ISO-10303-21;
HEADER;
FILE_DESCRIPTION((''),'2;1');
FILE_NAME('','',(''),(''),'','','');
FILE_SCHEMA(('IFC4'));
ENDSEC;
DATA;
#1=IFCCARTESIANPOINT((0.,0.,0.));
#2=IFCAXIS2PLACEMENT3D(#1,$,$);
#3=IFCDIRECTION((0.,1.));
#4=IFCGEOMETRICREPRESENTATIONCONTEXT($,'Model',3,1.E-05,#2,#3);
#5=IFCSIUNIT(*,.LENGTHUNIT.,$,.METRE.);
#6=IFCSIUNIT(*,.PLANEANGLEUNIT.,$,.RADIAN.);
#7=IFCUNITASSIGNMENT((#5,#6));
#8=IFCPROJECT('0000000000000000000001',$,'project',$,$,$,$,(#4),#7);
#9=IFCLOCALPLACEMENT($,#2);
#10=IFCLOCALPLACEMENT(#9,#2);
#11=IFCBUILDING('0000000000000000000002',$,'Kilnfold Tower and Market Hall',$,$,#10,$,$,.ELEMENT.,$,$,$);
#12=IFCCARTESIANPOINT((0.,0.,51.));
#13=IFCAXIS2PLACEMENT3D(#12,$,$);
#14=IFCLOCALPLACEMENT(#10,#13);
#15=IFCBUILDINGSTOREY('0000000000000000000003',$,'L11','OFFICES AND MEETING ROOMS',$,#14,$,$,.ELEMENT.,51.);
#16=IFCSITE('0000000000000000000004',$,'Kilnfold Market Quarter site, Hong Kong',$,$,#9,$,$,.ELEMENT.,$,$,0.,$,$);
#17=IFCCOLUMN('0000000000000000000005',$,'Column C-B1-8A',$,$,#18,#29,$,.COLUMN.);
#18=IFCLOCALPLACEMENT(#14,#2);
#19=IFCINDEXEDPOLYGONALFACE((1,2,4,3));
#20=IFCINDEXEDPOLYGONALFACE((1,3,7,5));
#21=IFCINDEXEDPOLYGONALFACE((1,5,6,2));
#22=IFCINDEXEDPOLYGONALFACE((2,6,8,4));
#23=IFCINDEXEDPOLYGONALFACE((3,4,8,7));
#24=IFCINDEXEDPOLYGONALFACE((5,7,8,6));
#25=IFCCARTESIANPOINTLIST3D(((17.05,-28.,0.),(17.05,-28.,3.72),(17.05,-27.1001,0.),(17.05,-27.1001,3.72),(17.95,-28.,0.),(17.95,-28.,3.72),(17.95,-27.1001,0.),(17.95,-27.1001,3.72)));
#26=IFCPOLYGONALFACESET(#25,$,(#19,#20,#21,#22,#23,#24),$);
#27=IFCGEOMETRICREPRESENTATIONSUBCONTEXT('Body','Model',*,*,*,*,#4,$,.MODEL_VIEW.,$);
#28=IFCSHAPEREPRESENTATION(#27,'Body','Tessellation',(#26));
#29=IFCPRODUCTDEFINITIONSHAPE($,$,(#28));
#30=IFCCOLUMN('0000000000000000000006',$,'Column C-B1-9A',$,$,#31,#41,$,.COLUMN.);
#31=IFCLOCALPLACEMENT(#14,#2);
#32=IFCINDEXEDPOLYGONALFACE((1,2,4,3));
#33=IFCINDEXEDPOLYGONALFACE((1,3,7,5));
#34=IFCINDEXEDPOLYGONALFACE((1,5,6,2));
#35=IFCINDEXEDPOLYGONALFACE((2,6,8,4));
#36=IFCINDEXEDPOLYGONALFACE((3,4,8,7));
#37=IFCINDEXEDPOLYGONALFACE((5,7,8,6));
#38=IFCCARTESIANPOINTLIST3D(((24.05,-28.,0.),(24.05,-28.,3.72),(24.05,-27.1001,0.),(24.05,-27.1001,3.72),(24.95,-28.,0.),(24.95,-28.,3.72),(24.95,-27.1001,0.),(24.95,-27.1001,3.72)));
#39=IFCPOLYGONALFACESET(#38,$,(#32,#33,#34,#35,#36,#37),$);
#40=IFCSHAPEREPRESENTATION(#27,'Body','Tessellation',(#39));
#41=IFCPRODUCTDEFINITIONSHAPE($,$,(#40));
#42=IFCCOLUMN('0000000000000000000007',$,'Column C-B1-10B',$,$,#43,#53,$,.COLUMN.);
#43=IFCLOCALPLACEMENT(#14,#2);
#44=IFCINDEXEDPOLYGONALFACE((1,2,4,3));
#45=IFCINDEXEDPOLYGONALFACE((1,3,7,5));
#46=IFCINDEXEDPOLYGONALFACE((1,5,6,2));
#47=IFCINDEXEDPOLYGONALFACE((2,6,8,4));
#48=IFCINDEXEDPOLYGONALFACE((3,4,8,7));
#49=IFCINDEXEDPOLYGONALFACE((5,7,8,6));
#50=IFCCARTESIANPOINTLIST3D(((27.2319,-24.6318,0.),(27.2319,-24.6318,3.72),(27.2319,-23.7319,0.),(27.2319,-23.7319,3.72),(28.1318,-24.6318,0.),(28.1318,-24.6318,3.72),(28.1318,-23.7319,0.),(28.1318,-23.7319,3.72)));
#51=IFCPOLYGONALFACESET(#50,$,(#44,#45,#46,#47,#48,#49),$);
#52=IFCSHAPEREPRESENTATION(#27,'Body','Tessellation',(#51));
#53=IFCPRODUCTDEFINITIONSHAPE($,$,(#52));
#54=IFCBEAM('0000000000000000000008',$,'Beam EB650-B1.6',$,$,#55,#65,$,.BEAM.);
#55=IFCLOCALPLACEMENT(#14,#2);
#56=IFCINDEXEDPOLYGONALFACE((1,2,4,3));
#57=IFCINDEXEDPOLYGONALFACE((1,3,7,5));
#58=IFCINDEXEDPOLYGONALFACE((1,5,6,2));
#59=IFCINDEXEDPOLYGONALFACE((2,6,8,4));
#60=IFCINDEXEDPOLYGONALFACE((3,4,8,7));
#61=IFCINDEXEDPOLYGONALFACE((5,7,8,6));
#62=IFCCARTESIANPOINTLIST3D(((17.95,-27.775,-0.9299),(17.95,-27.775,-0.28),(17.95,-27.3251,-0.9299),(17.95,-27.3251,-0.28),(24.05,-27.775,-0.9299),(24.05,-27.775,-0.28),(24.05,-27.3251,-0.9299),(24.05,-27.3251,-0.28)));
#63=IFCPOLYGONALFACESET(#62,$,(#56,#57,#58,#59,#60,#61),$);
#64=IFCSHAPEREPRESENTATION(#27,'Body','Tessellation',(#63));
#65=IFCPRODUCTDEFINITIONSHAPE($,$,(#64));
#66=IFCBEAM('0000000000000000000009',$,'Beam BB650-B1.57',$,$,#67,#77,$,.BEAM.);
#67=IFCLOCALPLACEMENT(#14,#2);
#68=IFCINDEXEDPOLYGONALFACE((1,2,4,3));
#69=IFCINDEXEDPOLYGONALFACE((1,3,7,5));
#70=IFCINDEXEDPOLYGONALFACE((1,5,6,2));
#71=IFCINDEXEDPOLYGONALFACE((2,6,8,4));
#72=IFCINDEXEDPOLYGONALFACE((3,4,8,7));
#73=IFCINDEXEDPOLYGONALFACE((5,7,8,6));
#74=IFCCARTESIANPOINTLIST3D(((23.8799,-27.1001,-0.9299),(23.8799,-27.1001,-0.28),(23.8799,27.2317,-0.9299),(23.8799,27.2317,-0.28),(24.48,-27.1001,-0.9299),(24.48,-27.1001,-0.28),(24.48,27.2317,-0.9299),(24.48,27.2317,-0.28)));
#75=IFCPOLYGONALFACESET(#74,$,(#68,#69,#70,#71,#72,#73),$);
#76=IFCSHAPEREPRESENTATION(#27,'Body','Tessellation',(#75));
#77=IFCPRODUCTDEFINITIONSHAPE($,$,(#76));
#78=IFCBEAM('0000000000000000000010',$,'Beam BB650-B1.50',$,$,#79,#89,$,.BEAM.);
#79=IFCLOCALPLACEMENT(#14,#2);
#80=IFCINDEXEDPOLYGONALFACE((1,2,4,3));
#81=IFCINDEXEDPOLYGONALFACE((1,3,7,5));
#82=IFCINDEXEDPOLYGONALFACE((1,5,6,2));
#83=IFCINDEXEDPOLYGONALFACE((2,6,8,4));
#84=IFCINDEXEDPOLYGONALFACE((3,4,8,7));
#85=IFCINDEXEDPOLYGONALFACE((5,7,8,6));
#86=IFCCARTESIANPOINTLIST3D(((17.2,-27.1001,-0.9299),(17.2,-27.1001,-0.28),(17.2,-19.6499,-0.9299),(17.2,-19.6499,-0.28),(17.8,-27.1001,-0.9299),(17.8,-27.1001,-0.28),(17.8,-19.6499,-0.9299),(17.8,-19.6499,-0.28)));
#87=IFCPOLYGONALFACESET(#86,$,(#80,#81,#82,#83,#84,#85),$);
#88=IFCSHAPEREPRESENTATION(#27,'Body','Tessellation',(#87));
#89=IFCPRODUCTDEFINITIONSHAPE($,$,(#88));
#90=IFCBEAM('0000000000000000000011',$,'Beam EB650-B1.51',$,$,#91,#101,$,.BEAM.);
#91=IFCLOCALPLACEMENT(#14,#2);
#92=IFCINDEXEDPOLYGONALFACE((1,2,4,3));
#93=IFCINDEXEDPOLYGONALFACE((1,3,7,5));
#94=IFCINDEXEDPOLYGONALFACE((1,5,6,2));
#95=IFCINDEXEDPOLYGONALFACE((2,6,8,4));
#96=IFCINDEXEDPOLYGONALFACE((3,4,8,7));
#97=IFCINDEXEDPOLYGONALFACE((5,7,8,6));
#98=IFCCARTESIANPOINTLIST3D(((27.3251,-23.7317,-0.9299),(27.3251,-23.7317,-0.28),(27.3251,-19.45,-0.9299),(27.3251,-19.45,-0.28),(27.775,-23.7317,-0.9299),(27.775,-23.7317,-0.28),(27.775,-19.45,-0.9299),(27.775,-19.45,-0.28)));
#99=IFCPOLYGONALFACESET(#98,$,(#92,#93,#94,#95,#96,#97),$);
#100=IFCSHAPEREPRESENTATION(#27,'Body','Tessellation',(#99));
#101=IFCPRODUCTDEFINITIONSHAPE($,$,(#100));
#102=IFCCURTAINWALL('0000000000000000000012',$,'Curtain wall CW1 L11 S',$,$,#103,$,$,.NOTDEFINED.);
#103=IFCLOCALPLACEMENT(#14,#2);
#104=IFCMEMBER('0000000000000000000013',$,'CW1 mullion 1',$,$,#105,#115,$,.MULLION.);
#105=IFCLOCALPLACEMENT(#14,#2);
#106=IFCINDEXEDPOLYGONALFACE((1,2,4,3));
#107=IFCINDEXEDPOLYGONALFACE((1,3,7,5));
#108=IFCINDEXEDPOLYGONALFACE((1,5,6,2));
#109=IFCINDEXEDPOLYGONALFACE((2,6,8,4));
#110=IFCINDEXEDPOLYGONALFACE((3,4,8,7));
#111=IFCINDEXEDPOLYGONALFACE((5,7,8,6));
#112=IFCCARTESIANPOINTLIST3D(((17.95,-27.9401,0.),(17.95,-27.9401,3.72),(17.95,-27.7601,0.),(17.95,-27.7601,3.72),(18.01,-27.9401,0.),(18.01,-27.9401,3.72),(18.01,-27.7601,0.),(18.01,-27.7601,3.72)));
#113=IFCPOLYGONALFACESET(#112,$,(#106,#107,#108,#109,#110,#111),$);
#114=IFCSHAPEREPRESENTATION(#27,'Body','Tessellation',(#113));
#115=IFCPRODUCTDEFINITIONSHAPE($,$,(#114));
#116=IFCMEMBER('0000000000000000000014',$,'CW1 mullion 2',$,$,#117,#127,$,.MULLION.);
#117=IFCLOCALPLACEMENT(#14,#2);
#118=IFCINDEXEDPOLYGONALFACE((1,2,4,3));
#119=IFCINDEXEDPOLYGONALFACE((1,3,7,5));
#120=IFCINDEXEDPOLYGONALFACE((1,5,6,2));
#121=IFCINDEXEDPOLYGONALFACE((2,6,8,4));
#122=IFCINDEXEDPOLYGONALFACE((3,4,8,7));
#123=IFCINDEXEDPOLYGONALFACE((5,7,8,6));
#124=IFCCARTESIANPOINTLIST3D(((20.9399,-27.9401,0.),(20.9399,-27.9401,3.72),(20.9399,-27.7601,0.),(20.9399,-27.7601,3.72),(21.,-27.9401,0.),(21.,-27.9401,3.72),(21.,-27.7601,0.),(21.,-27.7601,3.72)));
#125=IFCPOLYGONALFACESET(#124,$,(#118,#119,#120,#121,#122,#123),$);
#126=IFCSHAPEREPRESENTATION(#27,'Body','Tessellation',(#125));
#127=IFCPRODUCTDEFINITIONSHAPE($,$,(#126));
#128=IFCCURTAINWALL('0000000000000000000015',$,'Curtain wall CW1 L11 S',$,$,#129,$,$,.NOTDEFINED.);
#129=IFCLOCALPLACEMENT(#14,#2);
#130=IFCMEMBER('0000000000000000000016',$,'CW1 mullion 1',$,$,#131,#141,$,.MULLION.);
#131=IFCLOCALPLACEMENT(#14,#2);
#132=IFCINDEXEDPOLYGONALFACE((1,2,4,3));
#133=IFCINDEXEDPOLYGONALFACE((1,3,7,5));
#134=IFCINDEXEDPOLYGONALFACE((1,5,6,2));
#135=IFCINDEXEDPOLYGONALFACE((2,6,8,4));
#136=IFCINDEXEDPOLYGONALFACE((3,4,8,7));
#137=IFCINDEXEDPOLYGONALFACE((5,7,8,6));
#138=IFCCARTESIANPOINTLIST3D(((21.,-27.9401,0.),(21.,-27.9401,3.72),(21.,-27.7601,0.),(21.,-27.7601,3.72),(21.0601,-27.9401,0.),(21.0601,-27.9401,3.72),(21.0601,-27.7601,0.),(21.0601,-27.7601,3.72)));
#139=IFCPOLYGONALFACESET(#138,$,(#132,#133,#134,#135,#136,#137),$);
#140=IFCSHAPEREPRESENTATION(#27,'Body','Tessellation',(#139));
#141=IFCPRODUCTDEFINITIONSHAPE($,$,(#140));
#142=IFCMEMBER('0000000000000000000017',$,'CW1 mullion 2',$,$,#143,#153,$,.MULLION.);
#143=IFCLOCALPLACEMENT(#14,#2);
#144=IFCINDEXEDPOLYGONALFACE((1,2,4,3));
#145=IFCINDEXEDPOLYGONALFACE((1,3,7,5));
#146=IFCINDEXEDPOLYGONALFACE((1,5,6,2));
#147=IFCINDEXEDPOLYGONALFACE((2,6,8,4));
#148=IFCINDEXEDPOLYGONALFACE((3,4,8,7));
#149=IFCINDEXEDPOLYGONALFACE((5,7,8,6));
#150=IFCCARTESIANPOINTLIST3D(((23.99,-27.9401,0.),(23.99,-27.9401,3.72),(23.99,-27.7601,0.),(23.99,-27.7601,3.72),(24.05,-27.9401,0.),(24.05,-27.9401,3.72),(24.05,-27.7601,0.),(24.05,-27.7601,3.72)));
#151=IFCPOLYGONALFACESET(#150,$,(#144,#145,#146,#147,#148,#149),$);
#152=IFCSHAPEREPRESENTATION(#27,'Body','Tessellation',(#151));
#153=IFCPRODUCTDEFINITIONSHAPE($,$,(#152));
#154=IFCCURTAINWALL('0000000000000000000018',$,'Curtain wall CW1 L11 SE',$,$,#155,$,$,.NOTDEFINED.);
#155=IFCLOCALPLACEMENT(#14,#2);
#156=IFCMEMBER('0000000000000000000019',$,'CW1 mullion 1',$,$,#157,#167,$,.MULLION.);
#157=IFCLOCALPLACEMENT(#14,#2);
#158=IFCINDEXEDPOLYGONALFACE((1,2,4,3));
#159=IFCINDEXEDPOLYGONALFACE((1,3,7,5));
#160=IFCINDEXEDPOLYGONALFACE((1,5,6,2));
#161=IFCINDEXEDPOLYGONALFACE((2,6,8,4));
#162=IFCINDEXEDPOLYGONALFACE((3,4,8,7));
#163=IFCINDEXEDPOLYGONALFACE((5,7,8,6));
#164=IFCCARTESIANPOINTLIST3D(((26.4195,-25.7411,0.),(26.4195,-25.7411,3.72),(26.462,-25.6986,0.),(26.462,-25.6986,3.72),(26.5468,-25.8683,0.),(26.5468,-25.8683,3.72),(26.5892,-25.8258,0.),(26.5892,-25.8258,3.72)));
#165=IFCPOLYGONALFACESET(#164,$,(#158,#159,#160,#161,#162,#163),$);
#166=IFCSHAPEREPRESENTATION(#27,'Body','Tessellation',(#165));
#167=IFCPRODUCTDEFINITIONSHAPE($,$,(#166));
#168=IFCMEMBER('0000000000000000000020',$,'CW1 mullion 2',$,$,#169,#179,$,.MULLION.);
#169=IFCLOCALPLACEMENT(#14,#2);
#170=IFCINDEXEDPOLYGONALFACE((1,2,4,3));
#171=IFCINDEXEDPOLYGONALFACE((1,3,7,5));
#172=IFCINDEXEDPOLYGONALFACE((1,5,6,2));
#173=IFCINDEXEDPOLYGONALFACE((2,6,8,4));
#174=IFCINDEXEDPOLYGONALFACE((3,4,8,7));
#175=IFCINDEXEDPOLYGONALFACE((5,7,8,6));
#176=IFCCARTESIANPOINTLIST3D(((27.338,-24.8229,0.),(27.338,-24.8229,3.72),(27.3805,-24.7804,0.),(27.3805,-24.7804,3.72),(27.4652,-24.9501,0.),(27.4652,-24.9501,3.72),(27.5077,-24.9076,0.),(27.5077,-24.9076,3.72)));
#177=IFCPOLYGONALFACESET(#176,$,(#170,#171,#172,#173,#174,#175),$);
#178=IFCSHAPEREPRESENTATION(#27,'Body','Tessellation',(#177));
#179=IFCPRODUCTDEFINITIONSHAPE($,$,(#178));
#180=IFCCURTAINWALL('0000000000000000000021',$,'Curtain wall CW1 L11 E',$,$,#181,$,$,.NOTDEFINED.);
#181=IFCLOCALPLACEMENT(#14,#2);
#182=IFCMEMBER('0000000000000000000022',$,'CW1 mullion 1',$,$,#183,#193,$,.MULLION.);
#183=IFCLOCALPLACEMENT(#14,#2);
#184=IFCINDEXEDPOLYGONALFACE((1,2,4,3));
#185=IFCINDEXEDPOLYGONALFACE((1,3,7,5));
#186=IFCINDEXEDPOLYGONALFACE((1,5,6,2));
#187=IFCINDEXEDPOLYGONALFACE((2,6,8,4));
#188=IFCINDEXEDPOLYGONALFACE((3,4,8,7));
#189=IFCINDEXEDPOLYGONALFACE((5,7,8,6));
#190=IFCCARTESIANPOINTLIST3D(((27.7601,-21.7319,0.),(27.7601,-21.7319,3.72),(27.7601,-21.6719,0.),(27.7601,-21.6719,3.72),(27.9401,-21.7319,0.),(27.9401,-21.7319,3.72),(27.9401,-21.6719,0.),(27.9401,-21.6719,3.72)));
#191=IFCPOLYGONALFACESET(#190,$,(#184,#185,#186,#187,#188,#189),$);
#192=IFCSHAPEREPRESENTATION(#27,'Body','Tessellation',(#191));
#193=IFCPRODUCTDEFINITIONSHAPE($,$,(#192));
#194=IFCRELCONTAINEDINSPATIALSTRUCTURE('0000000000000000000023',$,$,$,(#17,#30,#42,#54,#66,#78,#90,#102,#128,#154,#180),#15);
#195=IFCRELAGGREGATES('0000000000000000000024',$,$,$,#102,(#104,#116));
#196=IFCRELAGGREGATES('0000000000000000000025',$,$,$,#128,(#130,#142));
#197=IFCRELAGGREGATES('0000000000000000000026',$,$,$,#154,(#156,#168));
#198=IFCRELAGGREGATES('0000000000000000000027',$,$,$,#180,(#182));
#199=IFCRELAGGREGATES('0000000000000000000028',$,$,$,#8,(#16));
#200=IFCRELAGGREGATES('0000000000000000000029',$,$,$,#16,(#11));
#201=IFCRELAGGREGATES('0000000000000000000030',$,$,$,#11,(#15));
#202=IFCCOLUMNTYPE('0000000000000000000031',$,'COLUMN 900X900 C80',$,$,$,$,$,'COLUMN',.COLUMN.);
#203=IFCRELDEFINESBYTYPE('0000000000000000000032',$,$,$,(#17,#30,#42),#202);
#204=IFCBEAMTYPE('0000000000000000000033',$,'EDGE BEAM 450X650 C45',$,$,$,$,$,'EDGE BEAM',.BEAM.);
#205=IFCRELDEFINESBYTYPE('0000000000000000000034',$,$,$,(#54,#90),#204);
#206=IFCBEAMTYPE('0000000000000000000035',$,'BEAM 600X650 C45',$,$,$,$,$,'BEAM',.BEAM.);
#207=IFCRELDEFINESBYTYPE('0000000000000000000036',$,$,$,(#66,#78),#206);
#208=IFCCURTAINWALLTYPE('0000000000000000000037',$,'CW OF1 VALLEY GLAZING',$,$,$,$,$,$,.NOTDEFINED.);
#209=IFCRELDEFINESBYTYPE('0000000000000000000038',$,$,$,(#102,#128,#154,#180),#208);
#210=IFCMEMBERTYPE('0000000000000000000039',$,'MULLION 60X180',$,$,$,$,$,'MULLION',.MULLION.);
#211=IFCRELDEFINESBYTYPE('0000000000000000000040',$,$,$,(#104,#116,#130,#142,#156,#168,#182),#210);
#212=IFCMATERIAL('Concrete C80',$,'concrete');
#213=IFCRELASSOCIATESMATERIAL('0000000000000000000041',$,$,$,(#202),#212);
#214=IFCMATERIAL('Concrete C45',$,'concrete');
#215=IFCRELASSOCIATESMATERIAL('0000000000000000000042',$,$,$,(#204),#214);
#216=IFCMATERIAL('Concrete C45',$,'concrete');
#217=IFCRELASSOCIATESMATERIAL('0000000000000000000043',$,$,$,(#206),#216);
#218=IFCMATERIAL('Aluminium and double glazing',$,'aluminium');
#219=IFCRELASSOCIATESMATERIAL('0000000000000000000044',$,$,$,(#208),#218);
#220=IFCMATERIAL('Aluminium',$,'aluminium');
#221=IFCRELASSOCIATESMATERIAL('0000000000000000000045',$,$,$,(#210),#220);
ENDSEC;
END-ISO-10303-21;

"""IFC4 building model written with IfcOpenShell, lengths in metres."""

from ifc_helpers import new_model, si_unit, direction, frame, origin, origin_2d, place, context, subcontext, project, spatial, rectangle, extrude, source, transform, mapped, material, material_profile, profile_set, type_object, element, aggregate, save


model = new_model("IFC4")

# Units and contexts
model_context = context("Model", 3, precision=1e-05, world=origin(), true_north=direction((0.0, 1.0)))
body_context = subcontext(model_context, "Body", "Model", "MODEL_VIEW")
ifc_project = project(units=[si_unit("LENGTHUNIT", "METRE"), si_unit("PLANEANGLEUNIT", "RADIAN")], contexts=[model_context])

# Site, building, storey
site_placement = place(None, origin())
site = spatial("IfcSite", under=ifc_project, at=site_placement, Name="Kilnfold Market Quarter site, Hong Kong", CompositionType="ELEMENT", RefElevation=0.0)
building_placement = place(site_placement, origin())
building = spatial("IfcBuilding", under=site, at=building_placement, Name="Kilnfold Tower and Market Hall", CompositionType="ELEMENT")
storey_placement = place(building_placement, frame((0.0, 0.0, 51.0)))
storey = spatial("IfcBuildingStorey", under=building, at=storey_placement, Name="L11", Description="OFFICES AND MEETING ROOMS", CompositionType="ELEMENT", Elevation=51.0)

# Columns
ifc_material_1 = material(Name="Concrete C80", Category="concrete")
ifc_material_profile_1 = material_profile(ifc_material_1, rectangle(XDim=0.8999, YDim=0.8999, at=origin_2d()), Name="RC 900x900")
ifc_profile_set_1 = profile_set([ifc_material_profile_1], Name="Concrete C80")
column_type = type_object("IfcColumnType", Name="COLUMN 900X900 C80", ElementType="COLUMN", PredefinedType="COLUMN", material=ifc_profile_set_1)
shared_shape_1 = source(origin(), body_context, "Body", "SweptSolid", [
    extrude(rectangle(XDim=0.8999, YDim=0.8999, at=origin_2d()), origin(), (0.0, 0.0, 1.0), 3.72),
])
for number, where, z_axis, x_axis, name in (
    (1, (17.5, -27.55, 0.0), (0.0, 0.0, 1.0), (1.0, 0.0, 0.0), "Column C-B1-8A"),
    (2, (24.5, -27.55, 0.0), (0.0, 0.0, 1.0), (1.0, 0.0, 0.0), "Column C-B1-9A"),
    (3, (27.6819, -24.1819, 0.0), (0.0, 0.0, 1.0), (1.0, 0.0, 0.0), "Column C-B1-10B"),
):
    element("IfcColumn", number, at=place(storey_placement, frame(where, z_axis=z_axis, x_axis=x_axis)), inside=storey, type_object=column_type, Name=name, PredefinedType="COLUMN", context=body_context, shape_type="MappedRepresentation", body=[
        mapped(shared_shape_1, transform((0.0, 0.0, 0.0))),
    ])

# Beams
ifc_material_2 = material(Name="Concrete C45", Category="concrete")
ifc_material_profile_2 = material_profile(ifc_material_2, rectangle(XDim=0.45, YDim=0.6499, at=origin_2d()), Name="RC 450x650")
ifc_profile_set_2 = profile_set([ifc_material_profile_2], Name="Concrete C45")
beam_type_1 = type_object("IfcBeamType", Name="EDGE BEAM 450X650 C45", ElementType="EDGE BEAM", PredefinedType="BEAM", material=ifc_profile_set_2)
shared_shape_2 = source(origin(), body_context, "Body", "SweptSolid", [
    extrude(rectangle(XDim=0.45, YDim=0.6499, at=origin_2d()), origin(), (0.0, 0.0, 1.0), 6.1001),
])
beam_1_placement = place(storey_placement, frame((17.95, -27.55, -0.605), z_axis=(1.0, 0.0, 0.0), x_axis=(0.0, 1.0, 0.0)))
element("IfcBeam", 4, at=beam_1_placement, inside=storey, type_object=beam_type_1, Name="Beam EB650-B1.6", PredefinedType="BEAM", context=body_context, shape_type="MappedRepresentation", body=[
    mapped(shared_shape_2, transform((0.0, 0.0, 0.0))),
])
ifc_material_3 = material(Name="Concrete C45", Category="concrete")
ifc_material_profile_3 = material_profile(ifc_material_3, rectangle(XDim=0.6001, YDim=0.6499, at=origin_2d()), Name="RC 600x650")
ifc_profile_set_3 = profile_set([ifc_material_profile_3], Name="Concrete C45")
beam_type_2 = type_object("IfcBeamType", Name="BEAM 600X650 C45", ElementType="BEAM", PredefinedType="BEAM", material=ifc_profile_set_3)
shared_shape_3 = source(origin(), body_context, "Body", "SweptSolid", [
    extrude(rectangle(XDim=0.6001, YDim=0.6499, at=origin_2d()), origin(), (0.0, 0.0, 1.0), 54.3318),
])
beam_2_placement = place(storey_placement, frame((24.1799, -27.1001, -0.605), z_axis=(0.0, 1.0, 0.0), x_axis=(-1.0, 0.0, 0.0)))
element("IfcBeam", 5, at=beam_2_placement, inside=storey, type_object=beam_type_2, Name="Beam BB650-B1.57", PredefinedType="BEAM", context=body_context, shape_type="MappedRepresentation", body=[
    mapped(shared_shape_3, transform((0.0, 0.0, 0.0))),
])
shared_shape_4 = source(origin(), body_context, "Body", "SweptSolid", [
    extrude(rectangle(XDim=0.6001, YDim=0.6499, at=origin_2d()), origin(), (0.0, 0.0, 1.0), 7.4502),
])
beam_3_placement = place(storey_placement, frame((17.5, -27.1001, -0.605), z_axis=(0.0, 1.0, 0.0), x_axis=(-1.0, 0.0, 0.0)))
element("IfcBeam", 6, at=beam_3_placement, inside=storey, type_object=beam_type_2, Name="Beam BB650-B1.50", PredefinedType="BEAM", context=body_context, shape_type="MappedRepresentation", body=[
    mapped(shared_shape_4, transform((0.0, 0.0, 0.0))),
])
shared_shape_5 = source(origin(), body_context, "Body", "SweptSolid", [
    extrude(rectangle(XDim=0.45, YDim=0.6499, at=origin_2d()), origin(), (0.0, 0.0, 1.0), 4.2817),
])
beam_4_placement = place(storey_placement, frame((27.55, -23.7317, -0.605), z_axis=(0.0, 1.0, 0.0), x_axis=(-1.0, 0.0, 0.0)))
element("IfcBeam", 7, at=beam_4_placement, inside=storey, type_object=beam_type_1, Name="Beam EB650-B1.51", PredefinedType="BEAM", context=body_context, shape_type="MappedRepresentation", body=[
    mapped(shared_shape_5, transform((0.0, 0.0, 0.0))),
])

# Curtain walls, members
ifc_material_4 = material(Name="Aluminium and double glazing", Category="aluminium")
curtain_wall_type = type_object("IfcCurtainWallType", Name="CW OF1 VALLEY GLAZING", PredefinedType="NOTDEFINED", material=ifc_material_4)
curtain_wall_1_placement = place(storey_placement, origin())
curtain_wall_1 = element("IfcCurtainWall", 8, at=curtain_wall_1_placement, inside=storey, type_object=curtain_wall_type, Name="Curtain wall CW1 L11 S", PredefinedType="NOTDEFINED")
ifc_material_5 = material(Name="Aluminium", Category="aluminium")
ifc_material_profile_4 = material_profile(ifc_material_5, rectangle(XDim=0.0601, YDim=0.1799, at=origin_2d()), Name="MULLION 60x180")
ifc_profile_set_4 = profile_set([ifc_material_profile_4], Name="Aluminium")
member_type_1 = type_object("IfcMemberType", Name="MULLION 60X180", ElementType="MULLION", PredefinedType="MULLION", material=ifc_profile_set_4)
shared_shape_6 = source(origin(), body_context, "Body", "SweptSolid", [
    extrude(rectangle(XDim=0.0601, YDim=0.1799, at=origin_2d()), origin(), (0.0, 0.0, 1.0), 3.72),
])
member_1_placement = place(storey_placement, frame((17.98, -27.8501, 0.0), z_axis=(0.0, 0.0, 1.0), x_axis=(1.0, 0.0, 0.0)))
member_1 = element("IfcMember", 9, at=member_1_placement, type_object=member_type_1, Name="CW1 mullion 1", PredefinedType="MULLION", context=body_context, shape_type="MappedRepresentation", body=[
    mapped(shared_shape_6, transform((0.0, 0.0, 0.0))),
])
member_2_placement = place(storey_placement, frame((20.97, -27.8501, 0.0), z_axis=(0.0, 0.0, 1.0), x_axis=(1.0, 0.0, 0.0)))
member_2 = element("IfcMember", 10, at=member_2_placement, type_object=member_type_1, Name="CW1 mullion 2", PredefinedType="MULLION", context=body_context, shape_type="MappedRepresentation", body=[
    mapped(shared_shape_6, transform((0.0, 0.0, 0.0))),
])
curtain_wall_2_placement = place(storey_placement, origin())
curtain_wall_2 = element("IfcCurtainWall", 11, at=curtain_wall_2_placement, inside=storey, type_object=curtain_wall_type, Name="Curtain wall CW1 L11 S", PredefinedType="NOTDEFINED")
member_3_placement = place(storey_placement, frame((21.03, -27.8501, 0.0), z_axis=(0.0, 0.0, 1.0), x_axis=(1.0, 0.0, 0.0)))
member_3 = element("IfcMember", 12, at=member_3_placement, type_object=member_type_1, Name="CW1 mullion 1", PredefinedType="MULLION", context=body_context, shape_type="MappedRepresentation", body=[
    mapped(shared_shape_6, transform((0.0, 0.0, 0.0))),
])
member_4_placement = place(storey_placement, frame((24.02, -27.8501, 0.0), z_axis=(0.0, 0.0, 1.0), x_axis=(1.0, 0.0, 0.0)))
member_4 = element("IfcMember", 13, at=member_4_placement, type_object=member_type_1, Name="CW1 mullion 2", PredefinedType="MULLION", context=body_context, shape_type="MappedRepresentation", body=[
    mapped(shared_shape_6, transform((0.0, 0.0, 0.0))),
])
curtain_wall_3_placement = place(storey_placement, origin())
curtain_wall_3 = element("IfcCurtainWall", 14, at=curtain_wall_3_placement, inside=storey, type_object=curtain_wall_type, Name="Curtain wall CW1 L11 SE", PredefinedType="NOTDEFINED")
member_5_placement = place(storey_placement, frame((26.5044, -25.7834, 0.0), z_axis=(0.0, 0.0, 1.0), x_axis=(0.707107, 0.707107, 0.0)))
member_5 = element("IfcMember", 15, at=member_5_placement, type_object=member_type_1, Name="CW1 mullion 1", PredefinedType="MULLION", context=body_context, shape_type="MappedRepresentation", body=[
    mapped(shared_shape_6, transform((0.0, 0.0, 0.0))),
])
member_6_placement = place(storey_placement, frame((27.4229, -24.8652, 0.0), z_axis=(0.0, 0.0, 1.0), x_axis=(0.707107, 0.707107, 0.0)))
member_6 = element("IfcMember", 16, at=member_6_placement, type_object=member_type_1, Name="CW1 mullion 2", PredefinedType="MULLION", context=body_context, shape_type="MappedRepresentation", body=[
    mapped(shared_shape_6, transform((0.0, 0.0, 0.0))),
])

# Curtain wall, member
curtain_wall_4_placement = place(storey_placement, origin())
curtain_wall_4 = element("IfcCurtainWall", 17, at=curtain_wall_4_placement, inside=storey, type_object=curtain_wall_type, Name="Curtain wall CW1 L11 E", PredefinedType="NOTDEFINED")
member_7_placement = place(storey_placement, frame((27.8501, -21.7019, 0.0), z_axis=(0.0, 0.0, 1.0), x_axis=(0.0, 1.0, 0.0)))
member_7 = element("IfcMember", 18, at=member_7_placement, type_object=member_type_1, Name="CW1 mullion 1", PredefinedType="MULLION", context=body_context, shape_type="MappedRepresentation", body=[
    mapped(shared_shape_6, transform((0.0, 0.0, 0.0))),
])

aggregate(curtain_wall_1, [member_1, member_2])
aggregate(curtain_wall_2, [member_3, member_4])
aggregate(curtain_wall_3, [member_5, member_6])
aggregate(curtain_wall_4, [member_7])

save(model, "model.ifc")
